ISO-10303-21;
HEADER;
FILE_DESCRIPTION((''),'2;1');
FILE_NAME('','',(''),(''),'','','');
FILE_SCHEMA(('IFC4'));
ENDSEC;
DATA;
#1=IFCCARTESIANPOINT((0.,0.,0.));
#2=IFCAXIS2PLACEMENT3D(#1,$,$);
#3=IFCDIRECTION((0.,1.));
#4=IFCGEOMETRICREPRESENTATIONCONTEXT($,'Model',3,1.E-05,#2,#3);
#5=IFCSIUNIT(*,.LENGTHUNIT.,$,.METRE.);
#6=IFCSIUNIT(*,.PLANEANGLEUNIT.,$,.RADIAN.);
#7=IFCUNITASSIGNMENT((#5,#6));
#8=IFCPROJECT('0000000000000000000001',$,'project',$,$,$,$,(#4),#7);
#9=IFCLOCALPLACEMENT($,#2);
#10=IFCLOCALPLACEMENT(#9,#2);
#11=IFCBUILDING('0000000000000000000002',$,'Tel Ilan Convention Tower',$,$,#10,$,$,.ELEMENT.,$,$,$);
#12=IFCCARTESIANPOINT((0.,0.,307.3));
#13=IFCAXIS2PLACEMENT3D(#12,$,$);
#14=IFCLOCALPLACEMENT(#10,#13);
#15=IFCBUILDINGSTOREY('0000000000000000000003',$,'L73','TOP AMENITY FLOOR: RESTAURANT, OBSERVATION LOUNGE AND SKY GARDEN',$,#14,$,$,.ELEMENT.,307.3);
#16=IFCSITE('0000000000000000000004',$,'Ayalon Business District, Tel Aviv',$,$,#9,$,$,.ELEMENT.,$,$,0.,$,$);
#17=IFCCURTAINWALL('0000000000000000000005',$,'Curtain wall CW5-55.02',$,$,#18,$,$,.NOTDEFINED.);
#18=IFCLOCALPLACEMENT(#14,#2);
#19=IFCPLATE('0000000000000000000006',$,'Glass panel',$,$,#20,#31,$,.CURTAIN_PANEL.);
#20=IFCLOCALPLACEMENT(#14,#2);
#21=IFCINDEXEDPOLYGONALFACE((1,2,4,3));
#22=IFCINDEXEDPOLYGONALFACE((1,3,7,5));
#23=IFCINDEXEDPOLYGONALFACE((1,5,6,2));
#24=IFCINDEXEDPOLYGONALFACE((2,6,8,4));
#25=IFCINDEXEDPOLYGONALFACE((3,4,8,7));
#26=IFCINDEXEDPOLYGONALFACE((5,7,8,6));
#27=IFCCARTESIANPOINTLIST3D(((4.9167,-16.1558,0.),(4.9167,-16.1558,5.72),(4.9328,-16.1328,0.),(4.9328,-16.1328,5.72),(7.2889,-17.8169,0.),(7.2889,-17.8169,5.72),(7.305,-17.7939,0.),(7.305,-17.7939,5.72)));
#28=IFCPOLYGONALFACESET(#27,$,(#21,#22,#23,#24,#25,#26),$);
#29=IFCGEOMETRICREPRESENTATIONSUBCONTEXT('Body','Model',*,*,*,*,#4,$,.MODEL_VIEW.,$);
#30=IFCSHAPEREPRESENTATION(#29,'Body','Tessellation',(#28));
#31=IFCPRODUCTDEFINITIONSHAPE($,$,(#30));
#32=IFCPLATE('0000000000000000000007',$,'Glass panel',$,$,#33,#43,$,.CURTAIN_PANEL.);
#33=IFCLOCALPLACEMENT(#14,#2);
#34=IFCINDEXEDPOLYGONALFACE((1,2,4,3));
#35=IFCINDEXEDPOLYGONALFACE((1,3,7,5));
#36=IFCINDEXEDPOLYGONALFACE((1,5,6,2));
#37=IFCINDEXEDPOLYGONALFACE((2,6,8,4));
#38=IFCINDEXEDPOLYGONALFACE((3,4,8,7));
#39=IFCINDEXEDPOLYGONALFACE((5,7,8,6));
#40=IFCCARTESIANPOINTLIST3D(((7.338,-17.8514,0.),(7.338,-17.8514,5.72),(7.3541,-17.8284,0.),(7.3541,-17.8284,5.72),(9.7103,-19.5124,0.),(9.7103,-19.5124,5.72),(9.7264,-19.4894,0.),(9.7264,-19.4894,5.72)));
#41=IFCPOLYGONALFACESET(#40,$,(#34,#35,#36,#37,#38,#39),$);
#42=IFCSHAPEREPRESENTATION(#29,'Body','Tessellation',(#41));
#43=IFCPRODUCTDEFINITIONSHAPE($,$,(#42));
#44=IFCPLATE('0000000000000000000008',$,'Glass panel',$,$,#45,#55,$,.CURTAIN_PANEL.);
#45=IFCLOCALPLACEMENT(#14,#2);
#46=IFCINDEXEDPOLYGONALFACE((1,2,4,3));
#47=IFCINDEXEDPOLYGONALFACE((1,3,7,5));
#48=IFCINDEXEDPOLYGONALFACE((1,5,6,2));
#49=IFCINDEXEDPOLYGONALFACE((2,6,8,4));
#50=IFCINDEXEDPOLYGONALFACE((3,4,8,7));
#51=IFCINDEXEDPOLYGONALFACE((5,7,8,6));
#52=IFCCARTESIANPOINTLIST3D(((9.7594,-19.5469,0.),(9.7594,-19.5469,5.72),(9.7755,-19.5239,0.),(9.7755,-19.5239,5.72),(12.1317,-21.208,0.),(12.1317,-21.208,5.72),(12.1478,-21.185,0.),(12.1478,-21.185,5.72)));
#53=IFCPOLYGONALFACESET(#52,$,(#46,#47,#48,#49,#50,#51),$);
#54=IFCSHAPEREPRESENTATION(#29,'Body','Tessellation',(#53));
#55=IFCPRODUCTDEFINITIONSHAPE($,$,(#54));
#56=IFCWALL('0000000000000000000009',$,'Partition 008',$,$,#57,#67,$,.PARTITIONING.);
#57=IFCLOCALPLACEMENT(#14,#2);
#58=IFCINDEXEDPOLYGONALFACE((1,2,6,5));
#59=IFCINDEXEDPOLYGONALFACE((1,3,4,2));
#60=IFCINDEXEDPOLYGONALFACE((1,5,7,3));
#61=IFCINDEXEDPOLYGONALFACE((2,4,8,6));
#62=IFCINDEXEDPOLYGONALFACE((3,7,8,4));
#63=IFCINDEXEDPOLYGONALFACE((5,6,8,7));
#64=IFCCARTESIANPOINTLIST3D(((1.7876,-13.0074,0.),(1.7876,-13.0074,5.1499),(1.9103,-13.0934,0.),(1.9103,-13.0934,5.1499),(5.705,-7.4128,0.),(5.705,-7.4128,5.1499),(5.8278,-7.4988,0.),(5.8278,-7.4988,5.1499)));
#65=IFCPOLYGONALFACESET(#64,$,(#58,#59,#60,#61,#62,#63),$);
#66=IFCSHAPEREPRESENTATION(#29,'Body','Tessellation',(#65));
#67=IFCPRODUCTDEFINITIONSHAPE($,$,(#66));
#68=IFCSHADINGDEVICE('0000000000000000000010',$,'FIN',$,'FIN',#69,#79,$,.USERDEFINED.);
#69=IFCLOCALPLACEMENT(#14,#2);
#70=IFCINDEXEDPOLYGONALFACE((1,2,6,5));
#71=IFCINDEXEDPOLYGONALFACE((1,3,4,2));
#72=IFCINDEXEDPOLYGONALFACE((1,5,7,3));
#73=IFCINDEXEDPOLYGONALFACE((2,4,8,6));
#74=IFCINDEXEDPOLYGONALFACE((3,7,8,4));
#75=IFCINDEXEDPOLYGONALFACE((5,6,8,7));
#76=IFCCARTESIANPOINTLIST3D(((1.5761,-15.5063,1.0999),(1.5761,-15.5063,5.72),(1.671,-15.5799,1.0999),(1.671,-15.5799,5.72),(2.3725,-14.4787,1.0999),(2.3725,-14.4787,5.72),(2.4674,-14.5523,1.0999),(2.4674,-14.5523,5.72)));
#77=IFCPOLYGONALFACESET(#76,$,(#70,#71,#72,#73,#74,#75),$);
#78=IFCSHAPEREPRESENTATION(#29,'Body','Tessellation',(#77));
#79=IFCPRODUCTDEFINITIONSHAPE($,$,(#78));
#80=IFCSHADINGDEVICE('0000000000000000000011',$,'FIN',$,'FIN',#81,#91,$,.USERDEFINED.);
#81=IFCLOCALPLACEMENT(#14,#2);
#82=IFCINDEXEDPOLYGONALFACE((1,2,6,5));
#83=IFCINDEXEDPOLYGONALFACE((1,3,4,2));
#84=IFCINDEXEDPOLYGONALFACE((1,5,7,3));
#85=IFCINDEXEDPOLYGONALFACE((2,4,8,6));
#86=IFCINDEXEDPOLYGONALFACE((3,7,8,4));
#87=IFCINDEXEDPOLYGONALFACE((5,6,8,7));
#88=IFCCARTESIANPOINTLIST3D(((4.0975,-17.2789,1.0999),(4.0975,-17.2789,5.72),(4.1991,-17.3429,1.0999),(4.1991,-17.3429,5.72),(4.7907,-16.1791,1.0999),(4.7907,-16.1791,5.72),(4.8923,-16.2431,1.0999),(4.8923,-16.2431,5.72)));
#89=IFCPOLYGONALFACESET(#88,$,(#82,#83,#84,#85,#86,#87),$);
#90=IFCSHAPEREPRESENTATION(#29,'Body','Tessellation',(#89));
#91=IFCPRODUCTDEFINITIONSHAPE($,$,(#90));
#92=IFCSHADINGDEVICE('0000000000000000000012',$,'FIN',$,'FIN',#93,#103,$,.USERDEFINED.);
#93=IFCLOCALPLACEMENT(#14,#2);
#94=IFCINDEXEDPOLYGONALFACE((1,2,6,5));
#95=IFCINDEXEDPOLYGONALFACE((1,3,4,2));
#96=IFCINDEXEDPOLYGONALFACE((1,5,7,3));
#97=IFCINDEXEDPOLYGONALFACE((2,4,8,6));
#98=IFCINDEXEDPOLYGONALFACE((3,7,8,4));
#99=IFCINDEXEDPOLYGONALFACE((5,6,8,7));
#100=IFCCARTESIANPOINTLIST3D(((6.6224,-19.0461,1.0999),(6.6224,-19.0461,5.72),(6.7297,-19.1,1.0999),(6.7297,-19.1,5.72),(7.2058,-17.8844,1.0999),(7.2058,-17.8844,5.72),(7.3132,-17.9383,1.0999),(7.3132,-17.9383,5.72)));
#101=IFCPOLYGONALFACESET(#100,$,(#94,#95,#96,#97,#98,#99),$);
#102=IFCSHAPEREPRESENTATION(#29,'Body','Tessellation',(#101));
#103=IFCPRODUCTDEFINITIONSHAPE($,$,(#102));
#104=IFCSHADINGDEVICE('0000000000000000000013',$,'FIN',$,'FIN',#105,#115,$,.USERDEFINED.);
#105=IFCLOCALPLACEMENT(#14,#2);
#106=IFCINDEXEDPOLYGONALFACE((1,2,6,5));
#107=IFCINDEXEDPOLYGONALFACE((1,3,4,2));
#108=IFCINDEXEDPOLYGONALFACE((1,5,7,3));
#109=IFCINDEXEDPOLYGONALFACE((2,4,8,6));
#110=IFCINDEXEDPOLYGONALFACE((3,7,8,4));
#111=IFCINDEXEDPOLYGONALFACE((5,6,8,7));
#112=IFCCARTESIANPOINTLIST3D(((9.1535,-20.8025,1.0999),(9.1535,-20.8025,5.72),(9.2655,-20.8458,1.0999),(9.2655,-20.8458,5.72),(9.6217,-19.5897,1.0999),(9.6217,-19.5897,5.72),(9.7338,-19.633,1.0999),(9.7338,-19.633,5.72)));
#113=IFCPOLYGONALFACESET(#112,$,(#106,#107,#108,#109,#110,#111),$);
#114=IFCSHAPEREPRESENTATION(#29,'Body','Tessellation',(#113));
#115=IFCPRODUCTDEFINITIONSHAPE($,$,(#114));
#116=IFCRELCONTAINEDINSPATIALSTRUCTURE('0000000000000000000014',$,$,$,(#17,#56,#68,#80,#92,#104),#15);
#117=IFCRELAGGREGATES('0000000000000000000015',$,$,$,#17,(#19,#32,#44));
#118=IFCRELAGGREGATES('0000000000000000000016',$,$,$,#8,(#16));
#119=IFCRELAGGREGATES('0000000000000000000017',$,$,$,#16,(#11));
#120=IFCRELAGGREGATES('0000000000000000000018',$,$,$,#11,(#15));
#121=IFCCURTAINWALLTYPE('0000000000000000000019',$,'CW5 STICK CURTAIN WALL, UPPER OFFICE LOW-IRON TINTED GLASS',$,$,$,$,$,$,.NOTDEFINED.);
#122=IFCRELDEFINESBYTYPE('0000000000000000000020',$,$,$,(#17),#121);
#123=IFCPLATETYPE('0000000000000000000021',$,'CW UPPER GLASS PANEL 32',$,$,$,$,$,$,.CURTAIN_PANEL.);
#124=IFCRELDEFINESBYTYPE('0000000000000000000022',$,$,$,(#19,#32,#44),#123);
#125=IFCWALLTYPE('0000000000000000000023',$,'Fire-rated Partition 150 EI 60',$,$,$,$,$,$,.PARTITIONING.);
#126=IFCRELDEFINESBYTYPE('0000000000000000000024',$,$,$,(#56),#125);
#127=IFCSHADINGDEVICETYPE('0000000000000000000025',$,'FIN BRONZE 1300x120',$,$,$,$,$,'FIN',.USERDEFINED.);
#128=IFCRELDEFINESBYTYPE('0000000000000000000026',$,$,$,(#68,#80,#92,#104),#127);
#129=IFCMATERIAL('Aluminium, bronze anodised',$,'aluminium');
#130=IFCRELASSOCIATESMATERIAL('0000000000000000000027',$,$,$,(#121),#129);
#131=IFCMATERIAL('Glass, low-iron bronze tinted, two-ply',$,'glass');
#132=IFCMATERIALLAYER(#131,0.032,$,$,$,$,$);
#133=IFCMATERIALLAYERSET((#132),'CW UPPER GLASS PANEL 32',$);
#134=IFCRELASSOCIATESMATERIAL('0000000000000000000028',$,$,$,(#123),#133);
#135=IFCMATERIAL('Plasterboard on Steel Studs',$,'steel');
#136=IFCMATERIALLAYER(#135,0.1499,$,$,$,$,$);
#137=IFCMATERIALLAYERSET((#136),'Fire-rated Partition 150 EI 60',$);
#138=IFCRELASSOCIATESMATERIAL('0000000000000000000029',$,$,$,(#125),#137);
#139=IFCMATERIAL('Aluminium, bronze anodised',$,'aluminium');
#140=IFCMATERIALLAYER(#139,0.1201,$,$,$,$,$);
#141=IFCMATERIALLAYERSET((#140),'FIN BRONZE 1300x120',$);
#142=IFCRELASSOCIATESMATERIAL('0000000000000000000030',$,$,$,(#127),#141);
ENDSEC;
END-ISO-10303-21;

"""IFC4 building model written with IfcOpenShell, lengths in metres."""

from ifc_helpers import new_model, si_unit, direction, frame, frame_2d, origin, origin_2d, place, context, subcontext, project, spatial, rectangle, extrude, material, layer, layer_set, type_object, element, aggregate, save


model = new_model("IFC4")

# Units and contexts
model_context = context("Model", 3, precision=1e-05, world=origin(), true_north=direction((0.0, 1.0)))
body_context = subcontext(model_context, "Body", "Model", "MODEL_VIEW")
ifc_project = project(units=[si_unit("LENGTHUNIT", "METRE"), si_unit("PLANEANGLEUNIT", "RADIAN")], contexts=[model_context])

# Site, building, storey
site_placement = place(None, origin())
site = spatial("IfcSite", under=ifc_project, at=site_placement, Name="Ayalon Business District, Tel Aviv", CompositionType="ELEMENT", RefElevation=0.0)
building_placement = place(site_placement, origin())
building = spatial("IfcBuilding", under=site, at=building_placement, Name="Tel Ilan Convention Tower", CompositionType="ELEMENT")
storey_placement = place(building_placement, frame((0.0, 0.0, 307.3)))
storey = spatial("IfcBuildingStorey", under=building, at=storey_placement, Name="L73", Description="TOP AMENITY FLOOR: RESTAURANT, OBSERVATION LOUNGE AND SKY GARDEN", CompositionType="ELEMENT", Elevation=307.3)

# Curtain wall, plates
ifc_material_1 = material(Name="Aluminium, bronze anodised", Category="aluminium")
curtain_wall_type = type_object("IfcCurtainWallType", Name="CW5 STICK CURTAIN WALL, UPPER OFFICE LOW-IRON TINTED GLASS", PredefinedType="NOTDEFINED", material=ifc_material_1)
curtain_wall_placement = place(storey_placement, origin())
curtain_wall = element("IfcCurtainWall", 1, at=curtain_wall_placement, inside=storey, type_object=curtain_wall_type, Name="Curtain wall CW5-55.02", PredefinedType="NOTDEFINED")
ifc_material_2 = material(Name="Glass, low-iron bronze tinted, two-ply", Category="glass")
ifc_layer_1 = layer(ifc_material_2, 0.032)
ifc_layer_set_1 = layer_set([ifc_layer_1], Name="CW UPPER GLASS PANEL 32")
plate_type = type_object("IfcPlateType", Name="CW UPPER GLASS PANEL 32", PredefinedType="CURTAIN_PANEL", material=ifc_layer_set_1)
plate_1_placement = place(storey_placement, frame((6.1108, -16.9749, 0.0), z_axis=(0.0, 0.0, 1.0), x_axis=(0.819152, -0.573576, 0.0)))
plate_1 = element("IfcPlate", 2, at=plate_1_placement, type_object=plate_type, Name="Glass panel", PredefinedType="CURTAIN_PANEL", context=body_context, shape_type="SweptSolid", body=[
    extrude(rectangle(XDim=2.896, YDim=0.0281, at=origin_2d()), origin(), (0.0, 0.0, 1.0), 5.72),
])
plate_2_placement = place(storey_placement, frame((8.5322, -18.6704, 0.0), z_axis=(0.0, 0.0, 1.0), x_axis=(0.819152, -0.573576, 0.0)))
plate_2 = element("IfcPlate", 3, at=plate_2_placement, type_object=plate_type, Name="Glass panel", PredefinedType="CURTAIN_PANEL", context=body_context, shape_type="SweptSolid", body=[
    extrude(rectangle(XDim=2.896, YDim=0.0281, at=origin_2d()), origin(), (0.0, 0.0, 1.0), 5.72),
])
plate_3_placement = place(storey_placement, frame((10.9536, -20.366, 0.0), z_axis=(0.0, 0.0, 1.0), x_axis=(0.819152, -0.573576, 0.0)))
plate_3 = element("IfcPlate", 4, at=plate_3_placement, type_object=plate_type, Name="Glass panel", PredefinedType="CURTAIN_PANEL", context=body_context, shape_type="SweptSolid", body=[
    extrude(rectangle(XDim=2.896, YDim=0.0281, at=origin_2d()), origin(), (0.0, 0.0, 1.0), 5.72),
])
aggregate(curtain_wall, [plate_1, plate_2, plate_3])

# Wall
ifc_material_3 = material(Name="Plasterboard on Steel Studs", Category="steel")
ifc_layer_2 = layer(ifc_material_3, 0.1499)
ifc_layer_set_2 = layer_set([ifc_layer_2], Name="Fire-rated Partition 150 EI 60")
wall_type = type_object("IfcWallType", Name="Fire-rated Partition 150 EI 60", PredefinedType="PARTITIONING", material=ifc_layer_set_2)
wall_placement = place(storey_placement, frame((1.8489, -13.0505, 0.0), z_axis=(0.0, 0.0, 1.0), x_axis=(0.573577, 0.819151, 0.0)))
element("IfcWall", 5, at=wall_placement, inside=storey, type_object=wall_type, Name="Partition 008", PredefinedType="PARTITIONING", context=body_context, shape_type="SweptSolid", body=[
    extrude(rectangle(XDim=6.8298, YDim=0.1499, at=frame_2d((3.415, 0.0))), origin(), (0.0, 0.0, 1.0), 5.1499),
])

# Shading devices
ifc_material_4 = material(Name="Aluminium, bronze anodised", Category="aluminium")
ifc_layer_3 = layer(ifc_material_4, 0.1201)
ifc_layer_set_3 = layer_set([ifc_layer_3], Name="FIN BRONZE 1300x120")
shading_device_type = type_object("IfcShadingDeviceType", Name="FIN BRONZE 1300x120", ElementType="FIN", PredefinedType="USERDEFINED", material=ifc_layer_set_3)
for number, where, z_axis, x_axis, name in (
    (6, (2.0217, -15.0293, 1.0999), (0.0, 0.0, 1.0), (-0.612601, -0.790393, 0.0), "FIN"),
    (7, (4.4949, -16.761, 1.0999), (0.0, 0.0, 1.0), (-0.533204, -0.845986, 0.0), "FIN"),
    (8, (6.9678, -18.4922, 1.0999), (0.0, 0.0, 1.0), (-0.448799, -0.893633, 0.0), "FIN"),
    (9, (9.4436, -20.2178, 1.0999), (0.0, 0.0, 1.0), (-0.360178, -0.932884, 0.0), "FIN"),
):
    element("IfcShadingDevice", number, at=place(storey_placement, frame(where, z_axis=z_axis, x_axis=x_axis)), inside=storey, type_object=shading_device_type, Name=name, ObjectType="FIN", PredefinedType="USERDEFINED", context=body_context, shape_type="SweptSolid", body=[
        extrude(rectangle(XDim=1.3, YDim=0.1201, at=origin_2d()), origin(), (0.0, 0.0, 1.0), 4.6201),
    ])

save(model, "model.ifc")
